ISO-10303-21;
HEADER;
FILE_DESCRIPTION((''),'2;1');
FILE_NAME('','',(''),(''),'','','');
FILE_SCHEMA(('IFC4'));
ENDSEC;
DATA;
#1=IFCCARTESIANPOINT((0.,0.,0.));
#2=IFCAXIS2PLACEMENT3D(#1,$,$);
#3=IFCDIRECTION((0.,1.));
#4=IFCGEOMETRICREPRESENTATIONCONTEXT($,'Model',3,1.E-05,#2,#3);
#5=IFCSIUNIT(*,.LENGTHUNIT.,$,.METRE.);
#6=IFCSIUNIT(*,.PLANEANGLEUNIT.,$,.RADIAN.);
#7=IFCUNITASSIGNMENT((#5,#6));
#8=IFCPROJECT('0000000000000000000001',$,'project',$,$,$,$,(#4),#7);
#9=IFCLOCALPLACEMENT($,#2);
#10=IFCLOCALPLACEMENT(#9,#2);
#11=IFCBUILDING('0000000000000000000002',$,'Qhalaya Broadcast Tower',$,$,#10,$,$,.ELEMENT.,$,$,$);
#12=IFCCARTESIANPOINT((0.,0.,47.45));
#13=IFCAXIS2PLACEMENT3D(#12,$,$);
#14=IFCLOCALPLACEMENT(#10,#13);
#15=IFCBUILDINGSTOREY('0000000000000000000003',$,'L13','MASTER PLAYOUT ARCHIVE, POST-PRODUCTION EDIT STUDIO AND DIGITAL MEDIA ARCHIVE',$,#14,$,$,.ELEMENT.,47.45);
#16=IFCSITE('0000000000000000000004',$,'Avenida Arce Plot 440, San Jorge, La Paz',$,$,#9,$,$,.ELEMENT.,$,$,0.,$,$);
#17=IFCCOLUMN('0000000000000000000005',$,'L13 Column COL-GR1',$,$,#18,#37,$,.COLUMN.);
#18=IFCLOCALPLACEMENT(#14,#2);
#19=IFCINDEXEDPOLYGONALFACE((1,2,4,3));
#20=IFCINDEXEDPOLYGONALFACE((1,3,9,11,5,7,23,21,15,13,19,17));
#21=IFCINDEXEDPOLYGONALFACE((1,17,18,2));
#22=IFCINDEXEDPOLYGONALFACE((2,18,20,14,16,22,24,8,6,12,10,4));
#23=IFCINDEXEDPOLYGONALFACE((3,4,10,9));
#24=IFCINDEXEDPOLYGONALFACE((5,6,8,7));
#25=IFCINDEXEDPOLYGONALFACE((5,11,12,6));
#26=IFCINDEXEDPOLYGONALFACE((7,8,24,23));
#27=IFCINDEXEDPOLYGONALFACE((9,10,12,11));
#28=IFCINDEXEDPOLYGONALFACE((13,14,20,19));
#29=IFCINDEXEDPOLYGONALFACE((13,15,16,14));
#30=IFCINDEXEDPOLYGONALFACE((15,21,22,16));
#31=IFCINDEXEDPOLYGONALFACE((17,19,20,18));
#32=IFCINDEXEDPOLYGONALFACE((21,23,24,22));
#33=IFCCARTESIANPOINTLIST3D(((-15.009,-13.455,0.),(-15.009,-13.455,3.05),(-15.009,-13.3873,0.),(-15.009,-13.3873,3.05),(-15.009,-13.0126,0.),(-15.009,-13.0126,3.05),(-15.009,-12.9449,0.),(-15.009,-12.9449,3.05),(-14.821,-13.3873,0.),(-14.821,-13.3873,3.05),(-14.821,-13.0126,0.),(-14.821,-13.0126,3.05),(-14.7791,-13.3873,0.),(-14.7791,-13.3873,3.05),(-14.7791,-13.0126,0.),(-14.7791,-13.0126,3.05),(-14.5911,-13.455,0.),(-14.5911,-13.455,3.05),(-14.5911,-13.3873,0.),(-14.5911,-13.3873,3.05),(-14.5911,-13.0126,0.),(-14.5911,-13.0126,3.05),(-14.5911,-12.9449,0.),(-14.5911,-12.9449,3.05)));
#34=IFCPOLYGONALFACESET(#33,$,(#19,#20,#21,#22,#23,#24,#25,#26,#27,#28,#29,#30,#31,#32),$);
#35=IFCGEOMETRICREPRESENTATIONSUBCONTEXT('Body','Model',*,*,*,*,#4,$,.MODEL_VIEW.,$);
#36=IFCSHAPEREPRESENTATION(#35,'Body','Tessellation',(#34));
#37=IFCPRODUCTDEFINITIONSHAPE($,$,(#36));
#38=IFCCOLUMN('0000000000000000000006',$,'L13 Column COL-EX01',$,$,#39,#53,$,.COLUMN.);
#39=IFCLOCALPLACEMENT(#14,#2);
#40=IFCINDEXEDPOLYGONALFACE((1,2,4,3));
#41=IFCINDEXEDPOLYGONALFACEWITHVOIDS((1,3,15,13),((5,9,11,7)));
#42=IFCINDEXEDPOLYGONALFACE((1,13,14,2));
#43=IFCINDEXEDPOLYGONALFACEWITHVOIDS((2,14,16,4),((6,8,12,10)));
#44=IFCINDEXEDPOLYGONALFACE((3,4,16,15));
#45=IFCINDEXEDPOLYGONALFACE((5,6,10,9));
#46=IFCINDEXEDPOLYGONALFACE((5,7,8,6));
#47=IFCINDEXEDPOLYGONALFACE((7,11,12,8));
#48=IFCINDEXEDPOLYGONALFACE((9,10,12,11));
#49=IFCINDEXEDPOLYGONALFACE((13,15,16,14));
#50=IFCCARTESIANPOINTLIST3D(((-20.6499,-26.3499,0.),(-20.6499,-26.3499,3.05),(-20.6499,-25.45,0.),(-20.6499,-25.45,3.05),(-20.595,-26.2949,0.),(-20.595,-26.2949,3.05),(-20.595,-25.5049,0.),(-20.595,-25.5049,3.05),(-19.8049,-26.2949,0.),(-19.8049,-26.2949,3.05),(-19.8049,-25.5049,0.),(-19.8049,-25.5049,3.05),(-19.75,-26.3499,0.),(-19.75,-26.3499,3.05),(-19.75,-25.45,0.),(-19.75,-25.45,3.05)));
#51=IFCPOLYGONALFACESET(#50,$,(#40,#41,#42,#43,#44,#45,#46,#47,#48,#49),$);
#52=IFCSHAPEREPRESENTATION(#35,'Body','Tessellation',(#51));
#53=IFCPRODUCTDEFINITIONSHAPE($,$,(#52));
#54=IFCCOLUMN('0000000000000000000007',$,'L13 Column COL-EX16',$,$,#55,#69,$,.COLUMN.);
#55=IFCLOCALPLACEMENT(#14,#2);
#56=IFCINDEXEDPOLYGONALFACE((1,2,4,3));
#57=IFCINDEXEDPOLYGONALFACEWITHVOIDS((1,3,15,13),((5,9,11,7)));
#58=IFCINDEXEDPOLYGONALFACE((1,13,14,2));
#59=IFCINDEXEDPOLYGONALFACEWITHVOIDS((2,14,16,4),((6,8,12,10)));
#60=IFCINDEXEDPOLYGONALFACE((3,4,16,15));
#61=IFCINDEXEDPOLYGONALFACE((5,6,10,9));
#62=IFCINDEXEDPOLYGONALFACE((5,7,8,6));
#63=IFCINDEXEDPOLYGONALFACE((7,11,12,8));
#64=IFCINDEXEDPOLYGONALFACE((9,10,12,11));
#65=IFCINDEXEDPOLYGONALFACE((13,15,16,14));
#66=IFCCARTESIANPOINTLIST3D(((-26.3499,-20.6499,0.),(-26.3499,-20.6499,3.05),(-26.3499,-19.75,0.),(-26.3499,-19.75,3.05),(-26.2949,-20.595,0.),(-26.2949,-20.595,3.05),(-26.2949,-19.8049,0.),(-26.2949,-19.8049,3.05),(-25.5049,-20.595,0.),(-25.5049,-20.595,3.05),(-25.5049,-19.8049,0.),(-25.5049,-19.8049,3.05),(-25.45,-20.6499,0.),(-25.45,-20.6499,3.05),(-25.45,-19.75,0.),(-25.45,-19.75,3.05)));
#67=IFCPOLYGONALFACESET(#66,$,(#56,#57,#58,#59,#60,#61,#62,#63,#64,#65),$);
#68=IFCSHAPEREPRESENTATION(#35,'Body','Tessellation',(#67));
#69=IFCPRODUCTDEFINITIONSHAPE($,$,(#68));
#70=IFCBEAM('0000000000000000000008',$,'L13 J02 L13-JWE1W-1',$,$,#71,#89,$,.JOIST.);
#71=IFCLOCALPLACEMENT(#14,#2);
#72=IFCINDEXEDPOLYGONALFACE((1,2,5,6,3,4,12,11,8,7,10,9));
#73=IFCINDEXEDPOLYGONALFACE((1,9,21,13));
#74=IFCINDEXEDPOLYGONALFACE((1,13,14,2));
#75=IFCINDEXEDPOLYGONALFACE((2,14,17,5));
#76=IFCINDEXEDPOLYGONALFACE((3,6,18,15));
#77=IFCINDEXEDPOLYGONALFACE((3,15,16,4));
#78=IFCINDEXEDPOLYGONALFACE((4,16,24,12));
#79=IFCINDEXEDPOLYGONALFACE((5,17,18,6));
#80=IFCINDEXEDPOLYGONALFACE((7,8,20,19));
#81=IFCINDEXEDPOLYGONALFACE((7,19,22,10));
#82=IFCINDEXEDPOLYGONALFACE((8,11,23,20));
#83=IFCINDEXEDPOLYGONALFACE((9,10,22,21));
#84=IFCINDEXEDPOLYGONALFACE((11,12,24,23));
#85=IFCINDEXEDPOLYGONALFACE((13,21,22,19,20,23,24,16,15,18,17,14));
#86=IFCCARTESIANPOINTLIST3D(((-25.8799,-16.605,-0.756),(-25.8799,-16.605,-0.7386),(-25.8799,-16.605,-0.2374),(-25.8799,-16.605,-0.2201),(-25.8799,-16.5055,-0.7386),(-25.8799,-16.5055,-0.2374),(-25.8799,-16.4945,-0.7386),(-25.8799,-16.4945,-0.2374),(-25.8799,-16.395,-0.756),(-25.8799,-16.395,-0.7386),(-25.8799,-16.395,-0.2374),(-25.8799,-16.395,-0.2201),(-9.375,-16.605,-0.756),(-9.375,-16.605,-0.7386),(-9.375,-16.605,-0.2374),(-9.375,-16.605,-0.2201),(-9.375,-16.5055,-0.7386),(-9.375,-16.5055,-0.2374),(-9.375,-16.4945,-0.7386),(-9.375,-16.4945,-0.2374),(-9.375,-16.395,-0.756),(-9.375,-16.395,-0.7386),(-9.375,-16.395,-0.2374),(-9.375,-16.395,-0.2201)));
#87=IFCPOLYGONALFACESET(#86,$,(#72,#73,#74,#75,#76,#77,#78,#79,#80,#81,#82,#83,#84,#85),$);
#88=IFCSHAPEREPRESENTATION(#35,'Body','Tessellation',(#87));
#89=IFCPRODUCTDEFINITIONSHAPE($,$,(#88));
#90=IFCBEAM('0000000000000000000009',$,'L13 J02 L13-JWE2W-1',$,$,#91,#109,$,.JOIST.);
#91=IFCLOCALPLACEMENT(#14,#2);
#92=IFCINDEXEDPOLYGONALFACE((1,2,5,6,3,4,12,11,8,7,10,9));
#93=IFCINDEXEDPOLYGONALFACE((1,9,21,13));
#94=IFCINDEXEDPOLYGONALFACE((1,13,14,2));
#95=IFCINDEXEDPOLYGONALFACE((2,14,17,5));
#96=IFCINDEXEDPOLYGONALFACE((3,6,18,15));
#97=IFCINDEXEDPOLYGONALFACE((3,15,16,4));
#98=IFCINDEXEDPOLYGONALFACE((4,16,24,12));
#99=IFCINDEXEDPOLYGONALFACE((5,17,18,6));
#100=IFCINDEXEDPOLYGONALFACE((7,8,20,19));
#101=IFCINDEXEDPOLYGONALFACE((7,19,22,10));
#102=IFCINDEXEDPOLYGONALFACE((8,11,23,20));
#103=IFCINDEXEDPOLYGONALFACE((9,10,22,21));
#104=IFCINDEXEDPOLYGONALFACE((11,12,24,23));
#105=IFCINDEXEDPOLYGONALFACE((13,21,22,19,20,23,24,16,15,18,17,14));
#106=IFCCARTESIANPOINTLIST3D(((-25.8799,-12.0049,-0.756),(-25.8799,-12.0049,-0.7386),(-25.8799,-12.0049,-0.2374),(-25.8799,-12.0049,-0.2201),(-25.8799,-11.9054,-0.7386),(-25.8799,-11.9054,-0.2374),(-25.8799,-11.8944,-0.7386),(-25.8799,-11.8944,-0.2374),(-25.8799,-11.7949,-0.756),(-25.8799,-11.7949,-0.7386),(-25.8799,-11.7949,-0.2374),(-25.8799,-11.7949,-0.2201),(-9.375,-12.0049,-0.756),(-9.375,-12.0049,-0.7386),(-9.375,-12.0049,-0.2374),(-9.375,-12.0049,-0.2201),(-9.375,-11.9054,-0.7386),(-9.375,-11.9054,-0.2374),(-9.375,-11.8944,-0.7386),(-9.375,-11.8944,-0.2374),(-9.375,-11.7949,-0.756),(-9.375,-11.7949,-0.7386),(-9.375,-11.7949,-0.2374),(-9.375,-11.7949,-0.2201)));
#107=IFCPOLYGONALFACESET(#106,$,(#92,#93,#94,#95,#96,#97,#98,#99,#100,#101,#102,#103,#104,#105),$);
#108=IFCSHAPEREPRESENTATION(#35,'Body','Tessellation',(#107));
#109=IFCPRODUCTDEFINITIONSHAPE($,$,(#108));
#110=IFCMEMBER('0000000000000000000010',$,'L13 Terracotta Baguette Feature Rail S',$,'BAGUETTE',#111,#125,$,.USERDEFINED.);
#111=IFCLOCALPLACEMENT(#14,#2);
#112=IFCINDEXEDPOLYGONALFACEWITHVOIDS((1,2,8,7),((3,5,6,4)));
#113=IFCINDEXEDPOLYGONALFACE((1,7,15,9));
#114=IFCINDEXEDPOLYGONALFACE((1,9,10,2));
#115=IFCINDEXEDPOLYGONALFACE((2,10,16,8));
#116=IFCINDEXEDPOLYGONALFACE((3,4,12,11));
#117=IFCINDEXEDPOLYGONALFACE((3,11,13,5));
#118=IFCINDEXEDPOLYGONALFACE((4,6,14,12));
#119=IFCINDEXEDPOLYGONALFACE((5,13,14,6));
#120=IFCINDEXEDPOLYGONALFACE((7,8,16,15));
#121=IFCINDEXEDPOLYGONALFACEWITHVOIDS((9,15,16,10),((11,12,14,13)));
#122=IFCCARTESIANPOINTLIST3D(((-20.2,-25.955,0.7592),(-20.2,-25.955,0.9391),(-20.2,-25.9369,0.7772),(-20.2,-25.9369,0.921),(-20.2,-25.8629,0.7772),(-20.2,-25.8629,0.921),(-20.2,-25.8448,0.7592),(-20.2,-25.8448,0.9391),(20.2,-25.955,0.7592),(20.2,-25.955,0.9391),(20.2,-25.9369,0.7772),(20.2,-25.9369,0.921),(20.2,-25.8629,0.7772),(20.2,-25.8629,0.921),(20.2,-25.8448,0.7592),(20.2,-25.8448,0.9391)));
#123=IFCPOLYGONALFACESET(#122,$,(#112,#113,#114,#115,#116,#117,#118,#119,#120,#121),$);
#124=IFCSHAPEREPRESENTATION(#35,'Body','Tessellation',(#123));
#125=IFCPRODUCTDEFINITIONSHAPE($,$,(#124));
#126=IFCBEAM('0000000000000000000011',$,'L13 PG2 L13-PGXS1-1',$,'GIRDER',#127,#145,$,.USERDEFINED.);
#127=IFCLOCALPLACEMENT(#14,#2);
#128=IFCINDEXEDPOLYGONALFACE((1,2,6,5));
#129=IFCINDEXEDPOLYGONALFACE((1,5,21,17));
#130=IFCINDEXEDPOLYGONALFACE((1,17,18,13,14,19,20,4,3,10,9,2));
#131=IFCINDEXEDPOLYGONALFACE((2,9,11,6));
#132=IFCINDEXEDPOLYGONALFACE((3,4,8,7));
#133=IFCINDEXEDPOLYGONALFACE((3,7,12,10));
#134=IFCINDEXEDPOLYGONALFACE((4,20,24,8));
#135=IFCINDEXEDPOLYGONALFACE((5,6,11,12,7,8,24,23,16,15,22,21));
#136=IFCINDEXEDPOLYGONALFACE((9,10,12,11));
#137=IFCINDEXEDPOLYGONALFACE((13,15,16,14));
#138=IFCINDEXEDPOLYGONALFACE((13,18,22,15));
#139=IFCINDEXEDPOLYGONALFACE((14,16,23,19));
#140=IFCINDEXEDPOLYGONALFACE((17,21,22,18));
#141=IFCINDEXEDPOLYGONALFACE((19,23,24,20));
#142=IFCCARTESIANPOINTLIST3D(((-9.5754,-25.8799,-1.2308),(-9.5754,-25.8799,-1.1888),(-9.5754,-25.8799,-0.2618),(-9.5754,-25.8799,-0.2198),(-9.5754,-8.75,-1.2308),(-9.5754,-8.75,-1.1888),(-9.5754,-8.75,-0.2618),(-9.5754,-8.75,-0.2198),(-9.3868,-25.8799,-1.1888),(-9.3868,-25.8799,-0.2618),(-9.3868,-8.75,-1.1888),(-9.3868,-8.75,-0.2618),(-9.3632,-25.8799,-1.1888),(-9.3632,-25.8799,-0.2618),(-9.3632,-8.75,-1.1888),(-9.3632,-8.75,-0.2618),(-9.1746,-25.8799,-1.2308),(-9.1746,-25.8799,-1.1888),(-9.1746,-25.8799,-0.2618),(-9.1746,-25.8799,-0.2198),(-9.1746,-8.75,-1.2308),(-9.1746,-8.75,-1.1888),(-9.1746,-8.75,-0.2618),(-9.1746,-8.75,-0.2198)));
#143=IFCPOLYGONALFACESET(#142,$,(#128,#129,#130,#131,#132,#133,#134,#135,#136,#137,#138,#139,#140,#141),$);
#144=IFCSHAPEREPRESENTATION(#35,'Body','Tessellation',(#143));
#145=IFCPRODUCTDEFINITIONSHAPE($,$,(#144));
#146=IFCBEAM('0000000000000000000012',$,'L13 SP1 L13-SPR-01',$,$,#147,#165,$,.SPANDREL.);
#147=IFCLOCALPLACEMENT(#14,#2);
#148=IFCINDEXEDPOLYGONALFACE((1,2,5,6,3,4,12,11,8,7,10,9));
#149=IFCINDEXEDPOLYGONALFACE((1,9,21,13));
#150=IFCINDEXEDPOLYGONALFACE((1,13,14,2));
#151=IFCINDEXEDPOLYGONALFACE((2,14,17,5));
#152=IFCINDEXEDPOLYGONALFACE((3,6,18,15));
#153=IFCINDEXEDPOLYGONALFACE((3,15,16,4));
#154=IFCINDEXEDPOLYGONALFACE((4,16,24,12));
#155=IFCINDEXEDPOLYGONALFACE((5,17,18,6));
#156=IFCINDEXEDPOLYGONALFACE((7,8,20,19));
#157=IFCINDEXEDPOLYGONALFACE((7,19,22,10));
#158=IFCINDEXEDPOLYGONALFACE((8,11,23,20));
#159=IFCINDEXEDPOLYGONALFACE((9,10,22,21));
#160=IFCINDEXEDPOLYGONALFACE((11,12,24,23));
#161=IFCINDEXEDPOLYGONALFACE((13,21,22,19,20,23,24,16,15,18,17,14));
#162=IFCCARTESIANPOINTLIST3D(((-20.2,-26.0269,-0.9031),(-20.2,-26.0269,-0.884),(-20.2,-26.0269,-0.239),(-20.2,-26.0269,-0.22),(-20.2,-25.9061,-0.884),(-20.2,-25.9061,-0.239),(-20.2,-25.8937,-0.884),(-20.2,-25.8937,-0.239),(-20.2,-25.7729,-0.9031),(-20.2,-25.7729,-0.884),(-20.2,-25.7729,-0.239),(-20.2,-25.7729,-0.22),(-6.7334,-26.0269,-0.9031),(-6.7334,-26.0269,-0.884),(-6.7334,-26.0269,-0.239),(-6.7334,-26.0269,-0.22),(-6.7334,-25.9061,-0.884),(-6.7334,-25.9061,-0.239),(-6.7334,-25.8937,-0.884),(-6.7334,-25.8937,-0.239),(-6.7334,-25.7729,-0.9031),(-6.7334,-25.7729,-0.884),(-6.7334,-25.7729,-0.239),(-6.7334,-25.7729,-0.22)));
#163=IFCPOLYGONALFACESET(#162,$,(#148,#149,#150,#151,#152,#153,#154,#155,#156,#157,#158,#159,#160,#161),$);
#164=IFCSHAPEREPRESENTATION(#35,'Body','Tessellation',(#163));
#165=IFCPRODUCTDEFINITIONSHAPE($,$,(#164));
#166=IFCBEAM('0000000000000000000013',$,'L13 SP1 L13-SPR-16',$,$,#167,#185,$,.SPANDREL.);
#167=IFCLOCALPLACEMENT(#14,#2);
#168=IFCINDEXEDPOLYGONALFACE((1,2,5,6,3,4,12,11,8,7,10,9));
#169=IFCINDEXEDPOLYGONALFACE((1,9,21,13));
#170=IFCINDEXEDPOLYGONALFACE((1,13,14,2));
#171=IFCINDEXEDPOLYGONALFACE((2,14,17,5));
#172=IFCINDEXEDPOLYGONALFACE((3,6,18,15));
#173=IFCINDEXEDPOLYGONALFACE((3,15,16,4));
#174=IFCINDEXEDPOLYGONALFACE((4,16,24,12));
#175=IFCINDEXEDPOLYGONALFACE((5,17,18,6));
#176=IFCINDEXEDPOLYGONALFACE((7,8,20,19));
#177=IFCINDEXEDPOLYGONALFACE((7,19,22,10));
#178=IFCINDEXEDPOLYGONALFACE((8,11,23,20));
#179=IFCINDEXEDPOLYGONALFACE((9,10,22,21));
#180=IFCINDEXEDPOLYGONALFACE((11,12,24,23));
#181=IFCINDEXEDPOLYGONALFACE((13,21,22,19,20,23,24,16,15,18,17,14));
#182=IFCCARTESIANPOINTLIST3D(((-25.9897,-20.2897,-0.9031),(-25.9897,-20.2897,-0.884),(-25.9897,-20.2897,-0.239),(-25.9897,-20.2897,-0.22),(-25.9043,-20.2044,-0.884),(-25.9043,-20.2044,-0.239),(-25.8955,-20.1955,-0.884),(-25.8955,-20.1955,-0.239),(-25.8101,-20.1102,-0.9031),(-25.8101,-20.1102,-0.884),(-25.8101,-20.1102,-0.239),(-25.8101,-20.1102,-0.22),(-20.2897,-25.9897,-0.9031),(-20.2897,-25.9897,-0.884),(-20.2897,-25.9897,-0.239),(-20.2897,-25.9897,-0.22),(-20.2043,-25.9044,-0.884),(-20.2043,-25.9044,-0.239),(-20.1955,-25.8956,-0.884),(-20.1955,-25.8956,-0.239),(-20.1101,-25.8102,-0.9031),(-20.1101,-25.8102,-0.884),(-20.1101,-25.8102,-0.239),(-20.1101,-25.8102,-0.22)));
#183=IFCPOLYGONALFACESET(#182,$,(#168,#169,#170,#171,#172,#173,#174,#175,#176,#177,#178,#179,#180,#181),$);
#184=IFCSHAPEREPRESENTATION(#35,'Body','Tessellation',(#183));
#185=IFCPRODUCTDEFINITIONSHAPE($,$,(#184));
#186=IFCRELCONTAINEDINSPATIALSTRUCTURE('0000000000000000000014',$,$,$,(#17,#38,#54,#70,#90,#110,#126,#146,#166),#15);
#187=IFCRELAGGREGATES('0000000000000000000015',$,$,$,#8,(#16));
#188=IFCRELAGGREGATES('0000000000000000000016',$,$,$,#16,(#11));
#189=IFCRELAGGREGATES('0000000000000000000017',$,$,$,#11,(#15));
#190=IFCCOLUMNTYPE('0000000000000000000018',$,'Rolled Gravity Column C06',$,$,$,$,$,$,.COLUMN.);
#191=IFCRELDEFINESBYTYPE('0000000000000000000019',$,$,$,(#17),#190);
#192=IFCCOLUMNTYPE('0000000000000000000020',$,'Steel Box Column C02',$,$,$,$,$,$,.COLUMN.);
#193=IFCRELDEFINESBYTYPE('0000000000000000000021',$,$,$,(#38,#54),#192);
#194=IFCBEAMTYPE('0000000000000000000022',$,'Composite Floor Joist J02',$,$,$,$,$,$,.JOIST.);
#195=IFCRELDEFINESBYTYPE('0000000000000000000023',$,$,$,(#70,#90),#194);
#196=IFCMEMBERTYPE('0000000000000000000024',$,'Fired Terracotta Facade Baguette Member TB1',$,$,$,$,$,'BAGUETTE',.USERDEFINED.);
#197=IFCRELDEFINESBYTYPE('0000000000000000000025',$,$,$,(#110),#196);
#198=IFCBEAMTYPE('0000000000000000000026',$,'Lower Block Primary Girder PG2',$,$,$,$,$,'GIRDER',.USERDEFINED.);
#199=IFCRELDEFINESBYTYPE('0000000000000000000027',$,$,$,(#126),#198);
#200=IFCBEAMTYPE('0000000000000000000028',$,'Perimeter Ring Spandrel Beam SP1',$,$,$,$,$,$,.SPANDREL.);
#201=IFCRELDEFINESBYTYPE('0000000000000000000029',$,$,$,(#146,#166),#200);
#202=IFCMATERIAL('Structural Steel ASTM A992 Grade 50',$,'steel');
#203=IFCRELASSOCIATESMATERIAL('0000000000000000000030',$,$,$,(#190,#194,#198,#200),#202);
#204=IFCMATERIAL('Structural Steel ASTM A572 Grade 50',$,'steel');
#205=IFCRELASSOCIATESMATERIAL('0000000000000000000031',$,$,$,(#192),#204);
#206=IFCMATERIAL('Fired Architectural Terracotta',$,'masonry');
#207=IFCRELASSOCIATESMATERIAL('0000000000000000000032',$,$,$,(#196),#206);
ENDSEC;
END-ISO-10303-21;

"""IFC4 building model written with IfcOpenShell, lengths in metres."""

from ifc_helpers import new_model, si_unit, direction, frame, origin, origin_2d, place, context, subcontext, project, spatial, hollow_rectangle, i_section, extrude, material, material_profile, profile_set, type_object, element, save


model = new_model("IFC4")

# Units and contexts
model_context = context("Model", 3, precision=1e-05, world=origin(), true_north=direction((0.0, 1.0)))
body_context = subcontext(model_context, "Body", "Model", "MODEL_VIEW")
ifc_project = project(units=[si_unit("LENGTHUNIT", "METRE"), si_unit("PLANEANGLEUNIT", "RADIAN")], contexts=[model_context])

# Site, building, storey
site_placement = place(None, origin())
site = spatial("IfcSite", under=ifc_project, at=site_placement, Name="Avenida Arce Plot 440, San Jorge, La Paz", CompositionType="ELEMENT", RefElevation=0.0)
building_placement = place(site_placement, origin())
building = spatial("IfcBuilding", under=site, at=building_placement, Name="Qhalaya Broadcast Tower", CompositionType="ELEMENT")
storey_placement = place(building_placement, frame((0.0, 0.0, 47.45)))
storey = spatial("IfcBuildingStorey", under=building, at=storey_placement, Name="L13", Description="MASTER PLAYOUT ARCHIVE, POST-PRODUCTION EDIT STUDIO AND DIGITAL MEDIA ARCHIVE", CompositionType="ELEMENT", Elevation=47.45)

# Columns
ifc_material_1 = material(Name="Structural Steel ASTM A992 Grade 50", Category="steel")
ifc_material_profile_1 = material_profile(ifc_material_1, i_section(OverallWidth=0.418, OverallDepth=0.51, WebThickness=0.042, FlangeThickness=0.0676, at=origin_2d()), Name="W14X370")
ifc_profile_set_1 = profile_set([ifc_material_profile_1], Name="Structural Steel ASTM A992 Grade 50")
column_type_1 = type_object("IfcColumnType", Name="Rolled Gravity Column C06", PredefinedType="COLUMN", material=ifc_profile_set_1)
column_placement = place(storey_placement, frame((-14.8, -13.2, 0.0), z_axis=(0.0, 0.0, 1.0), x_axis=(1.0, 0.0, 0.0)))
element("IfcColumn", 1, at=column_placement, inside=storey, type_object=column_type_1, Name="L13 Column COL-GR1", PredefinedType="COLUMN", context=body_context, shape_type="SweptSolid", body=[
    extrude(i_section(OverallWidth=0.418, OverallDepth=0.51, WebThickness=0.042, FlangeThickness=0.0676, at=origin_2d()), origin(), (0.0, 0.0, 1.0), 3.05),
])
ifc_material_2 = material(Name="Structural Steel ASTM A572 Grade 50", Category="steel")
ifc_material_profile_2 = material_profile(ifc_material_2, hollow_rectangle(XDim=0.8999, YDim=0.8999, WallThickness=0.0549, at=origin_2d()), Name="BOX 900x900x55")
ifc_profile_set_2 = profile_set([ifc_material_profile_2], Name="Structural Steel ASTM A572 Grade 50")
column_type_2 = type_object("IfcColumnType", Name="Steel Box Column C02", PredefinedType="COLUMN", material=ifc_profile_set_2)
for number, where, z_axis, x_axis, name in (
    (2, (-20.2, -25.8999, 0.0), (0.0, 0.0, 1.0), (1.0, 0.0, 0.0), "L13 Column COL-EX01"),
    (3, (-25.8999, -20.2, 0.0), (0.0, 0.0, 1.0), (0.0, 1.0, 0.0), "L13 Column COL-EX16"),
):
    element("IfcColumn", number, at=place(storey_placement, frame(where, z_axis=z_axis, x_axis=x_axis)), inside=storey, type_object=column_type_2, Name=name, PredefinedType="COLUMN", context=body_context, shape_type="SweptSolid", body=[
        extrude(hollow_rectangle(XDim=0.8999, YDim=0.8999, WallThickness=0.0549, at=origin_2d()), origin(), (0.0, 0.0, 1.0), 3.05),
    ])

# Beams
ifc_material_profile_3 = material_profile(ifc_material_1, i_section(OverallWidth=0.21, OverallDepth=0.5359, WebThickness=0.011, FlangeThickness=0.0173, at=origin_2d()), Name="W21X68")
ifc_profile_set_3 = profile_set([ifc_material_profile_3], Name="Structural Steel ASTM A992 Grade 50")
beam_type_1 = type_object("IfcBeamType", Name="Composite Floor Joist J02", PredefinedType="JOIST", material=ifc_profile_set_3)
for number, where, z_axis, x_axis, name in (
    (4, (-25.8799, -16.5, -0.488), (1.0, 0.0, 0.0), (0.0, 1.0, 0.0), "L13 J02 L13-JWE1W-1"),
    (5, (-25.8799, -11.8999, -0.488), (1.0, 0.0, 0.0), (0.0, 1.0, 0.0), "L13 J02 L13-JWE2W-1"),
):
    element("IfcBeam", number, at=place(storey_placement, frame(where, z_axis=z_axis, x_axis=x_axis)), inside=storey, type_object=beam_type_1, Name=name, PredefinedType="JOIST", context=body_context, shape_type="SweptSolid", body=[
        extrude(i_section(OverallWidth=0.21, OverallDepth=0.5359, WebThickness=0.011, FlangeThickness=0.0173, at=origin_2d()), origin(), (0.0, 0.0, 1.0), 16.5049),
    ])

# Member
ifc_material_3 = material(Name="Fired Architectural Terracotta", Category="masonry")
ifc_material_profile_4 = material_profile(ifc_material_3, hollow_rectangle(XDim=0.1101, YDim=0.1799, WallThickness=0.0181, at=origin_2d()), Name="TB-BAG 110x180x18")
ifc_profile_set_4 = profile_set([ifc_material_profile_4], Name="Fired Architectural Terracotta")
member_type = type_object("IfcMemberType", Name="Fired Terracotta Facade Baguette Member TB1", ElementType="BAGUETTE", PredefinedType="USERDEFINED", material=ifc_profile_set_4)
member_placement = place(storey_placement, frame((-20.2, -25.8999, 0.8491), z_axis=(1.0, 0.0, 0.0), x_axis=(0.0, 1.0, 0.0)))
element("IfcMember", 6, at=member_placement, inside=storey, type_object=member_type, Name="L13 Terracotta Baguette Feature Rail S", ObjectType="BAGUETTE", PredefinedType="USERDEFINED", context=body_context, shape_type="SweptSolid", body=[
    extrude(hollow_rectangle(XDim=0.1101, YDim=0.1799, WallThickness=0.0181, at=origin_2d()), origin(), (0.0, 0.0, 1.0), 40.3999),
])

# Beams
ifc_material_profile_5 = material_profile(ifc_material_1, i_section(OverallWidth=0.4009, OverallDepth=1.011, WebThickness=0.0237, FlangeThickness=0.042, at=origin_2d()), Name="W40X297")
ifc_profile_set_5 = profile_set([ifc_material_profile_5], Name="Structural Steel ASTM A992 Grade 50")
beam_type_2 = type_object("IfcBeamType", Name="Lower Block Primary Girder PG2", ElementType="GIRDER", PredefinedType="USERDEFINED", material=ifc_profile_set_5)
beam_1_placement = place(storey_placement, frame((-9.375, -25.8799, -0.7253), z_axis=(0.0, 1.0, 0.0), x_axis=(-1.0, 0.0, 0.0)))
element("IfcBeam", 7, at=beam_1_placement, inside=storey, type_object=beam_type_2, Name="L13 PG2 L13-PGXS1-1", ObjectType="GIRDER", PredefinedType="USERDEFINED", context=body_context, shape_type="SweptSolid", body=[
    extrude(i_section(OverallWidth=0.4009, OverallDepth=1.011, WebThickness=0.0237, FlangeThickness=0.042, at=origin_2d()), origin(), (0.0, 0.0, 1.0), 17.1299),
])
ifc_material_profile_6 = material_profile(ifc_material_1, i_section(OverallWidth=0.2539, OverallDepth=0.6831, WebThickness=0.0125, FlangeThickness=0.019, at=origin_2d()), Name="W27X94")
ifc_profile_set_6 = profile_set([ifc_material_profile_6], Name="Structural Steel ASTM A992 Grade 50")
beam_type_3 = type_object("IfcBeamType", Name="Perimeter Ring Spandrel Beam SP1", PredefinedType="SPANDREL", material=ifc_profile_set_6)
beam_2_placement = place(storey_placement, frame((-20.2, -25.8999, -0.5615), z_axis=(1.0, 0.0, 0.0), x_axis=(0.0, 1.0, 0.0)))
element("IfcBeam", 8, at=beam_2_placement, inside=storey, type_object=beam_type_3, Name="L13 SP1 L13-SPR-01", PredefinedType="SPANDREL", context=body_context, shape_type="SweptSolid", body=[
    extrude(i_section(OverallWidth=0.2539, OverallDepth=0.6831, WebThickness=0.0125, FlangeThickness=0.019, at=origin_2d()), origin(), (0.0, 0.0, 1.0), 13.4666),
])
beam_3_placement = place(storey_placement, frame((-25.8999, -20.2, -0.5615), z_axis=(0.707107, -0.707107, 0.0), x_axis=(0.707107, 0.707107, 0.0)))
element("IfcBeam", 9, at=beam_3_placement, inside=storey, type_object=beam_type_3, Name="L13 SP1 L13-SPR-16", PredefinedType="SPANDREL", context=body_context, shape_type="SweptSolid", body=[
    extrude(i_section(OverallWidth=0.2539, OverallDepth=0.6831, WebThickness=0.0125, FlangeThickness=0.019, at=origin_2d()), origin(), (0.0, 0.0, 1.0), 8.061),
])

save(model, "model.ifc")
